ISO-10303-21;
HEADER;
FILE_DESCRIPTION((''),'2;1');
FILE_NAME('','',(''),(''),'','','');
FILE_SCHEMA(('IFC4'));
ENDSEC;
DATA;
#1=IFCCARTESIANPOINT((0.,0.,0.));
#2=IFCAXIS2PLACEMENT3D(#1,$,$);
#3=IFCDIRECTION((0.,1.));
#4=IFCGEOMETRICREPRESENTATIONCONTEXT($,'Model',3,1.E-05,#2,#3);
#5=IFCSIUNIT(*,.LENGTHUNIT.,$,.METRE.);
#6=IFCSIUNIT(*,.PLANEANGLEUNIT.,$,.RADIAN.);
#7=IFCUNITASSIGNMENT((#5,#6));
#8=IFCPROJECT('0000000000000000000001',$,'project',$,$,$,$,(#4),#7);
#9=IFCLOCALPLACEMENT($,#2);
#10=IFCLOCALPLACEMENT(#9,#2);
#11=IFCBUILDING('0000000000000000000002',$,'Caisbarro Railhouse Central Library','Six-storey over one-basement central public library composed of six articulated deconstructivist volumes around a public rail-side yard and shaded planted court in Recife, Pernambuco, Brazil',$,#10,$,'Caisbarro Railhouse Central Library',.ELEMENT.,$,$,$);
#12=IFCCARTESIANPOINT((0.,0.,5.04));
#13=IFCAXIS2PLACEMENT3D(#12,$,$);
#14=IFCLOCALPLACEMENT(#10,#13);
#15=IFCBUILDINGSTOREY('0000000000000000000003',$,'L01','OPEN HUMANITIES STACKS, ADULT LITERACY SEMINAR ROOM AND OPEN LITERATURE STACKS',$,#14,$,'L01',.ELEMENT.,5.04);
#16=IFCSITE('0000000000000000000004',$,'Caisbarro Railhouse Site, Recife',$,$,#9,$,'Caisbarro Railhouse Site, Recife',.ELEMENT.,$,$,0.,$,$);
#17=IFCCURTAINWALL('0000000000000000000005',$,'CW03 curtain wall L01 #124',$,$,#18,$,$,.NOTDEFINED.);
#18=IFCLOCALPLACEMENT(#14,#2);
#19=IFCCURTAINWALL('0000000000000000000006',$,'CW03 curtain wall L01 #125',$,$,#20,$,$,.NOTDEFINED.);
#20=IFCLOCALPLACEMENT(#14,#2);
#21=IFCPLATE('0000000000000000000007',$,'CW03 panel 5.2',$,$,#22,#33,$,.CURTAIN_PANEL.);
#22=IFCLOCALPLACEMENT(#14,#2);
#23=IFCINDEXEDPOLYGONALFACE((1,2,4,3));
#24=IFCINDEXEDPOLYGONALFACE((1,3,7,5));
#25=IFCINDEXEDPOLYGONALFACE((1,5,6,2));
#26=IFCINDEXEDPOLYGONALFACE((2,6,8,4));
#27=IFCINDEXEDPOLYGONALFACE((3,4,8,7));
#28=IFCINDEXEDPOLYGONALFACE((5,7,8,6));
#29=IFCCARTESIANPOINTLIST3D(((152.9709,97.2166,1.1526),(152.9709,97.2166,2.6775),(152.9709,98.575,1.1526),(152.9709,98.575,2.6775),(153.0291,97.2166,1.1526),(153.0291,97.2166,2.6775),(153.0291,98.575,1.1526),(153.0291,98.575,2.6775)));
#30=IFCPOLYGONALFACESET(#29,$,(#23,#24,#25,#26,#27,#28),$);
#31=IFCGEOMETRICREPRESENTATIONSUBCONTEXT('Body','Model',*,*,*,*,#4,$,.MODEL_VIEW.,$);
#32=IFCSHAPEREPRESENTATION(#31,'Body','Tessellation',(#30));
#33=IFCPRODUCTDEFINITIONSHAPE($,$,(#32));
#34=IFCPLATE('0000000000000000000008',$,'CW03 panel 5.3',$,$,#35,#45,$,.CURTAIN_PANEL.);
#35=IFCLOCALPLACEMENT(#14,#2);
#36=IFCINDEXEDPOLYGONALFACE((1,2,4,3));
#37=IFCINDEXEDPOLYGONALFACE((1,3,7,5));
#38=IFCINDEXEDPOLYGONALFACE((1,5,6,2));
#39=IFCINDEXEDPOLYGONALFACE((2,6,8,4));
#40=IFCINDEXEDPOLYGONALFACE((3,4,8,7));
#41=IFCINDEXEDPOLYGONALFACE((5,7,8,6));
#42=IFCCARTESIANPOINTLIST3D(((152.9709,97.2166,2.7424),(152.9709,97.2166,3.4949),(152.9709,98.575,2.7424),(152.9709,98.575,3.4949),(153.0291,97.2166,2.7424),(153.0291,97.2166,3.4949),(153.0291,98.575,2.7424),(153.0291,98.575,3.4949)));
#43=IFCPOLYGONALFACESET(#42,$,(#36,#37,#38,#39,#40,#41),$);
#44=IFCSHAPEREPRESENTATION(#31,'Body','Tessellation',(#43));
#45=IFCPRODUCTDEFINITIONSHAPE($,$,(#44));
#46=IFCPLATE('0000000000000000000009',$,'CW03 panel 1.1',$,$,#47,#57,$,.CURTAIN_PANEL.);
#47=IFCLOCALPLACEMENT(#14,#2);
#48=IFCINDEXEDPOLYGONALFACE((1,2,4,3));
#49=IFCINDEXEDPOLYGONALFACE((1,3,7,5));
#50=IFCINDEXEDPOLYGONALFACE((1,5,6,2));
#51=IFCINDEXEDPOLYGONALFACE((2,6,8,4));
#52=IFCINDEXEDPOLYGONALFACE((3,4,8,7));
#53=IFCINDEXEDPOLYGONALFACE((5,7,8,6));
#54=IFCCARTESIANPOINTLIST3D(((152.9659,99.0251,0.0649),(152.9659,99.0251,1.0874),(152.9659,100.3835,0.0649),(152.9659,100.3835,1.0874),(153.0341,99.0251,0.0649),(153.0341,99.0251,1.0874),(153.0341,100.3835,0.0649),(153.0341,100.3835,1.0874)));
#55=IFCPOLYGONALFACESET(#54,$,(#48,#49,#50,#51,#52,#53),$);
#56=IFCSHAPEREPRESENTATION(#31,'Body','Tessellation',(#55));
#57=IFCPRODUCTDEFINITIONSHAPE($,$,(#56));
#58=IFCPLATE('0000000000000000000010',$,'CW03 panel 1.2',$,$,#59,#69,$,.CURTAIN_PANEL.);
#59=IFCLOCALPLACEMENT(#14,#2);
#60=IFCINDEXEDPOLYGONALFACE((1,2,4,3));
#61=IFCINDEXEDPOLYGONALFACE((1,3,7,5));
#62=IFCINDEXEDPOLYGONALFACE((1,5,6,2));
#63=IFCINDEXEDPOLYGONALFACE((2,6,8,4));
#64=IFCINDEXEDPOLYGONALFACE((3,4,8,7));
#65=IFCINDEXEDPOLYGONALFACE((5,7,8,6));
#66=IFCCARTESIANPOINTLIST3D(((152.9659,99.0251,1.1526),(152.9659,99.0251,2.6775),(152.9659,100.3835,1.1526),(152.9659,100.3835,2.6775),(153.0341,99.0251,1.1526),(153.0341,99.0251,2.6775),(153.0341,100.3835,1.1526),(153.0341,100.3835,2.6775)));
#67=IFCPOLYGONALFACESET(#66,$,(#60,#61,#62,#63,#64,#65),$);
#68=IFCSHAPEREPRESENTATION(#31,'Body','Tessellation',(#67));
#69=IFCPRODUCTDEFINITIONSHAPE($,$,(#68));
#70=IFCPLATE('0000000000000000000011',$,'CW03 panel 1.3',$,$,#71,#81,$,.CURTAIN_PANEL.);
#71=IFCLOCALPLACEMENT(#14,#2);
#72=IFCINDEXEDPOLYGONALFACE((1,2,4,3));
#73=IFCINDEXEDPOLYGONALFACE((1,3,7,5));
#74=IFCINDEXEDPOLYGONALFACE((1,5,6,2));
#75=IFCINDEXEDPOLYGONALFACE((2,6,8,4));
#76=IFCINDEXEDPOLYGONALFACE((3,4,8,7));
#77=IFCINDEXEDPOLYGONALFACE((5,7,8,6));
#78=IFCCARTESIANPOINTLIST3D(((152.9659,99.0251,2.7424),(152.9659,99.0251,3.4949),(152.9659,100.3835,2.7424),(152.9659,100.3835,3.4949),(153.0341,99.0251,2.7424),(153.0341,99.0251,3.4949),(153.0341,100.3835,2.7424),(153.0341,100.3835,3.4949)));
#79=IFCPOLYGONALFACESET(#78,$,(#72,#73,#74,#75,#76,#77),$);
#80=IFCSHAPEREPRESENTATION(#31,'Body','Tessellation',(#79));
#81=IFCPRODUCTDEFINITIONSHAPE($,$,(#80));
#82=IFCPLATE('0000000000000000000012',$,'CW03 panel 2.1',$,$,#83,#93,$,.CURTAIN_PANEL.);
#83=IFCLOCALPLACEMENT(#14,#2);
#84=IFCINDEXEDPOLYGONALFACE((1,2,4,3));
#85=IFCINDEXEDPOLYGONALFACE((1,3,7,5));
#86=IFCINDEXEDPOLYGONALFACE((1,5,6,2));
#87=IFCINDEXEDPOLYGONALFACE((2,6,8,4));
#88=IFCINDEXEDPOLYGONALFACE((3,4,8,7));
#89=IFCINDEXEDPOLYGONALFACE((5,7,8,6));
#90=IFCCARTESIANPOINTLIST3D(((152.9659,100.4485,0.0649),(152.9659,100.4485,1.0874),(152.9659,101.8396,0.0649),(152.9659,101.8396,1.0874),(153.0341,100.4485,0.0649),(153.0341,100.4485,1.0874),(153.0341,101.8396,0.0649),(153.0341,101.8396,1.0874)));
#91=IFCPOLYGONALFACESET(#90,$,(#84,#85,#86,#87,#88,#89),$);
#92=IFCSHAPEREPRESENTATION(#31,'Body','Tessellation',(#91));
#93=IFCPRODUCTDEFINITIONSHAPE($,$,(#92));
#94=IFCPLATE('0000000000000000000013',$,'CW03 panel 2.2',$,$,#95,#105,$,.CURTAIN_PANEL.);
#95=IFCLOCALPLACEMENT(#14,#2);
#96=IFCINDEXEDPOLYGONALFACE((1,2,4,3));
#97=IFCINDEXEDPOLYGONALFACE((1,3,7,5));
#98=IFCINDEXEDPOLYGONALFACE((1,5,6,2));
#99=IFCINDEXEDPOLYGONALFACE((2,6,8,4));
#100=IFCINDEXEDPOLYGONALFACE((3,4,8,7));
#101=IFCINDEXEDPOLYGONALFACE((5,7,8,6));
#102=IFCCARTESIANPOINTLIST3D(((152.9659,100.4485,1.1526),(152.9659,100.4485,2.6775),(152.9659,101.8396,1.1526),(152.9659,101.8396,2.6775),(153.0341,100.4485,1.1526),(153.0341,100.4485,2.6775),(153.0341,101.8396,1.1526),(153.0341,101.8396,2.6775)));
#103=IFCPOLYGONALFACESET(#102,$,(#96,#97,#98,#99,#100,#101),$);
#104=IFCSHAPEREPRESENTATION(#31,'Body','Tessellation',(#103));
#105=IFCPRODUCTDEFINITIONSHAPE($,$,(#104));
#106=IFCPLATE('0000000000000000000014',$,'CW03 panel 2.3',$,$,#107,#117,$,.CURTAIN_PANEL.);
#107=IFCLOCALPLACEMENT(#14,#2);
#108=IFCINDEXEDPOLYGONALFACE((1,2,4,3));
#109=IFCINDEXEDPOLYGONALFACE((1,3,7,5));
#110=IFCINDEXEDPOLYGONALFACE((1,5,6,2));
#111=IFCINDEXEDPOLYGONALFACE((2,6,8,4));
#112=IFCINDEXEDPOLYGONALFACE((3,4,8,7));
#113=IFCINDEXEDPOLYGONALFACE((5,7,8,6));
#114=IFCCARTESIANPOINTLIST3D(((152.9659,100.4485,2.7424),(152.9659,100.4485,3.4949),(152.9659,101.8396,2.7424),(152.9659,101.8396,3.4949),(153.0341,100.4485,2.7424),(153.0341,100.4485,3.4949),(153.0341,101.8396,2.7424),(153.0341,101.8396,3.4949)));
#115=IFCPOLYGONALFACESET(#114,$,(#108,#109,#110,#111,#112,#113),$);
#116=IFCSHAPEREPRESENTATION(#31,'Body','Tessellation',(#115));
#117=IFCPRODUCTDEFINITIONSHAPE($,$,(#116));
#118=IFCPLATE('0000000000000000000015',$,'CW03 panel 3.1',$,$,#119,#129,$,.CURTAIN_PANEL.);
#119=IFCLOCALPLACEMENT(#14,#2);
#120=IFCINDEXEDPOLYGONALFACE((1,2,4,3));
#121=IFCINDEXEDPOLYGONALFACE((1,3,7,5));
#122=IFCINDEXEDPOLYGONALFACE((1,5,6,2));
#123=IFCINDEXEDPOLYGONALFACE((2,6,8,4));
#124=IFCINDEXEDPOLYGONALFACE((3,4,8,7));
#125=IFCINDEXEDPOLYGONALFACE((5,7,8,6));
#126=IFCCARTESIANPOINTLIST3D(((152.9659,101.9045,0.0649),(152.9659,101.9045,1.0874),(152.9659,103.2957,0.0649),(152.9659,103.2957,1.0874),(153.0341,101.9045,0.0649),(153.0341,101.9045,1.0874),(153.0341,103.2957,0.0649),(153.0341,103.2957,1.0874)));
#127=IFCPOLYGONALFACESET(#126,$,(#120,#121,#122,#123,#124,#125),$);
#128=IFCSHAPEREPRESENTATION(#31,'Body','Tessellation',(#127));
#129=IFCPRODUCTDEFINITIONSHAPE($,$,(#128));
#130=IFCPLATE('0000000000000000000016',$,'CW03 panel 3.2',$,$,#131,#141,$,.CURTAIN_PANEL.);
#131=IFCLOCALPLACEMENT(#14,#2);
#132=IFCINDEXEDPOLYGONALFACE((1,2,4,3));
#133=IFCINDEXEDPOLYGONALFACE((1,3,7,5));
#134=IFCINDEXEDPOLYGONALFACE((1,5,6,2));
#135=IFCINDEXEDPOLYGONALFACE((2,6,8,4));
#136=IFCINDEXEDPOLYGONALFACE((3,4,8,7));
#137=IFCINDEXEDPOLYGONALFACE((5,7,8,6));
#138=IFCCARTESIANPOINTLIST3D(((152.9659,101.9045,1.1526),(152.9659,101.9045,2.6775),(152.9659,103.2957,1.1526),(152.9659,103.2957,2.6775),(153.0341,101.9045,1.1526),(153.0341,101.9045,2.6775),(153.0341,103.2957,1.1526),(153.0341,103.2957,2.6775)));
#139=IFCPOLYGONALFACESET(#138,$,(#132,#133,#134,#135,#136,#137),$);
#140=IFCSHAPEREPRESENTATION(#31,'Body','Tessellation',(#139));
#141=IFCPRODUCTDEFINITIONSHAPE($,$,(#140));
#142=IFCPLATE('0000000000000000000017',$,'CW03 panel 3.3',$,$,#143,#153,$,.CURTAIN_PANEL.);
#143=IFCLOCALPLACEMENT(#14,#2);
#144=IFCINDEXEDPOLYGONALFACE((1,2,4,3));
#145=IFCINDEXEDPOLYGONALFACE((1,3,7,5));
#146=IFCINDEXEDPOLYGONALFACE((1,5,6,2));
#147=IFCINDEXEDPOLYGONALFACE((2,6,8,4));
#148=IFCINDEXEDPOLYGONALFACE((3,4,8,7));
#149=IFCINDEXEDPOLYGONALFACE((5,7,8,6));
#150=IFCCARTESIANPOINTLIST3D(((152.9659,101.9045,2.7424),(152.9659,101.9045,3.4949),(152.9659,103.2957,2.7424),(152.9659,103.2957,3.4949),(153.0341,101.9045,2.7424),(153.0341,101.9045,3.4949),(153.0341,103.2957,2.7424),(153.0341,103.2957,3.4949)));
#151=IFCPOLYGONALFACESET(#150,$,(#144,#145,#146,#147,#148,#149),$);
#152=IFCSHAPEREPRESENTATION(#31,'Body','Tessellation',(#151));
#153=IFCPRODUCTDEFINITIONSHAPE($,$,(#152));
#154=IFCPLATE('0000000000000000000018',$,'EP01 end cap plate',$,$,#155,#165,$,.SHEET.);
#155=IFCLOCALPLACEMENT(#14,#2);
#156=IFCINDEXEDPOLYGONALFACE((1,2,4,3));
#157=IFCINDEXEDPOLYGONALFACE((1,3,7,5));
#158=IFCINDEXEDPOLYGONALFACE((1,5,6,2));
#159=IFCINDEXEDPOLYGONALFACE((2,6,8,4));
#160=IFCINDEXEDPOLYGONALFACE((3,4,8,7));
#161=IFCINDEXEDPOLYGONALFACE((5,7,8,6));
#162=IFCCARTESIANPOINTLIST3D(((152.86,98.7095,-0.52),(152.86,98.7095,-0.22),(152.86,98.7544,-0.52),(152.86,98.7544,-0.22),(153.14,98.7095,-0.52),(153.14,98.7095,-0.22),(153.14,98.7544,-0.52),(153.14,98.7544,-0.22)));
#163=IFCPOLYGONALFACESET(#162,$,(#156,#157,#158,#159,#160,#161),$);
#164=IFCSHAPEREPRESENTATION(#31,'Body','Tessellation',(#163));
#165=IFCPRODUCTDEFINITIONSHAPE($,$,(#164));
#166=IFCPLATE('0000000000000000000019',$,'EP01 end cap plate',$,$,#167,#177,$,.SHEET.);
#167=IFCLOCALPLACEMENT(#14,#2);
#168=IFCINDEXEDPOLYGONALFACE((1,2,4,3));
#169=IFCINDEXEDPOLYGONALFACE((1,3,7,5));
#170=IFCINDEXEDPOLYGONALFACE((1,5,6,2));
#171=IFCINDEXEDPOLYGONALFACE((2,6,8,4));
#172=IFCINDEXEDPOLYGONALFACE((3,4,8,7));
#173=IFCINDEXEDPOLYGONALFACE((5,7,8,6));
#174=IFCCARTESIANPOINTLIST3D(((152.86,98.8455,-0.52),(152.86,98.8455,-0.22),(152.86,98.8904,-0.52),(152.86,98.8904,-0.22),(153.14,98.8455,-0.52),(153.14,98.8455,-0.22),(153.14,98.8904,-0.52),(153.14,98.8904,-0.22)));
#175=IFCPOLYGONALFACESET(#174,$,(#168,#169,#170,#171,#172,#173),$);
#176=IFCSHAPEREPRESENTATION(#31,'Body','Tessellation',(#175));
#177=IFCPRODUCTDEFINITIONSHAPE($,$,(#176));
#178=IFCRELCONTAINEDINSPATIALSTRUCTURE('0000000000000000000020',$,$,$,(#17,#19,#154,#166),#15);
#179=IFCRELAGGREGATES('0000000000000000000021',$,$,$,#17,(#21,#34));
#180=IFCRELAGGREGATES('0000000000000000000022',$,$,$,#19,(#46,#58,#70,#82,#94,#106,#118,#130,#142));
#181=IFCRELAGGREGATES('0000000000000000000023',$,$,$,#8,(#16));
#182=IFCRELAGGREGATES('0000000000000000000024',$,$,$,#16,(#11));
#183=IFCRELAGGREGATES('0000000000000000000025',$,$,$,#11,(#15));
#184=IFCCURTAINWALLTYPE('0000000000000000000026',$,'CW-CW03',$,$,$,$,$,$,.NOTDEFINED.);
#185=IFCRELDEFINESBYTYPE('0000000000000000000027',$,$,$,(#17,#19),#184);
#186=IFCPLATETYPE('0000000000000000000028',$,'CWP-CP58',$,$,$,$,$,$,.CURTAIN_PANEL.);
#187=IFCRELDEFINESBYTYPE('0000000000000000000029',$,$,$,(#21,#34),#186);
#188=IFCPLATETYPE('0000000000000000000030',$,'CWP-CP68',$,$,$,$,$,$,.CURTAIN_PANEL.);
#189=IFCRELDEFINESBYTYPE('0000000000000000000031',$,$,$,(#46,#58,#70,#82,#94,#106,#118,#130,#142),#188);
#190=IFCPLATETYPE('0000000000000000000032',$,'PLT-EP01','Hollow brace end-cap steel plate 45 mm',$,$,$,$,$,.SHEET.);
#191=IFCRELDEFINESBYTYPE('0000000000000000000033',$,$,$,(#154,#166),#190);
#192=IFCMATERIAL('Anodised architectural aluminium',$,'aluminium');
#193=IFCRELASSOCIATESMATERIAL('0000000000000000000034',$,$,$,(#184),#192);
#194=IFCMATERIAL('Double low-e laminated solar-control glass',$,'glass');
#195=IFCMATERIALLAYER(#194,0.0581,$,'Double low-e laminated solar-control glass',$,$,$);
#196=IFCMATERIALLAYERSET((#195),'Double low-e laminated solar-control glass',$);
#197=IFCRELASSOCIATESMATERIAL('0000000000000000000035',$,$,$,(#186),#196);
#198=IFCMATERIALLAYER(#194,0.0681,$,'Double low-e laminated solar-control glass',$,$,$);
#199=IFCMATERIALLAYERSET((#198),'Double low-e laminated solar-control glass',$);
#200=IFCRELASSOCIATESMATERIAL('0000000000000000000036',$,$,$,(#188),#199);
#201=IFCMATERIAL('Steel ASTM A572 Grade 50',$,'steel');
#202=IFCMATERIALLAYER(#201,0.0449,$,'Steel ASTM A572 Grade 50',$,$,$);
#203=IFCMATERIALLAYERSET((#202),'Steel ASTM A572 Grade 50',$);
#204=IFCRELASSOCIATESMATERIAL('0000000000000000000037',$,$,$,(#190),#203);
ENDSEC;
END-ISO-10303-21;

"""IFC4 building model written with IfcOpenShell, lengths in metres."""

from ifc_helpers import new_model, si_unit, direction, frame, origin, origin_2d, place, context, subcontext, project, spatial, rectangle, extrude, material, layer, layer_set, type_object, element, aggregate, save


model = new_model("IFC4")

# Units and contexts
model_context = context("Model", 3, precision=1e-05, world=origin(), true_north=direction((0.0, 1.0)))
body_context = subcontext(model_context, "Body", "Model", "MODEL_VIEW")
ifc_project = project(units=[si_unit("LENGTHUNIT", "METRE"), si_unit("PLANEANGLEUNIT", "RADIAN")], contexts=[model_context])

# Site, building, storey
site_placement = place(None, origin())
site = spatial("IfcSite", under=ifc_project, at=site_placement, Name="Caisbarro Railhouse Site, Recife", LongName="Caisbarro Railhouse Site, Recife", CompositionType="ELEMENT", RefElevation=0.0)
building_placement = place(site_placement, origin())
building = spatial("IfcBuilding", under=site, at=building_placement, Name="Caisbarro Railhouse Central Library", Description="Six-storey over one-basement central public library composed of six articulated deconstructivist volumes around a public rail-side yard and shaded planted court in Recife, Pernambuco, Brazil", LongName="Caisbarro Railhouse Central Library", CompositionType="ELEMENT")
storey_placement = place(building_placement, frame((0.0, 0.0, 5.04)))
storey = spatial("IfcBuildingStorey", under=building, at=storey_placement, Name="L01", Description="OPEN HUMANITIES STACKS, ADULT LITERACY SEMINAR ROOM AND OPEN LITERATURE STACKS", LongName="L01", CompositionType="ELEMENT", Elevation=5.04)

# Shared definitions
ifc_material_1 = material(Name="Steel ASTM A572 Grade 50", Category="steel")

# Curtain wall
ifc_material_2 = material(Name="Anodised architectural aluminium", Category="aluminium")
curtain_wall_type = type_object("IfcCurtainWallType", Name="CW-CW03", PredefinedType="NOTDEFINED", material=ifc_material_2)
curtain_wall_1_placement = place(storey_placement, origin())
curtain_wall_1 = element("IfcCurtainWall", 1, at=curtain_wall_1_placement, inside=storey, type_object=curtain_wall_type, Name="CW03 curtain wall L01 #124", PredefinedType="NOTDEFINED")

# Curtain wall
curtain_wall_2_placement = place(storey_placement, origin())
curtain_wall_2 = element("IfcCurtainWall", 2, at=curtain_wall_2_placement, inside=storey, type_object=curtain_wall_type, Name="CW03 curtain wall L01 #125", PredefinedType="NOTDEFINED")

# Plates
ifc_material_3 = material(Name="Double low-e laminated solar-control glass", Category="glass")
ifc_layer_1 = layer(ifc_material_3, 0.0581, Name="Double low-e laminated solar-control glass")
ifc_layer_set_1 = layer_set([ifc_layer_1], Name="Double low-e laminated solar-control glass")
plate_type_1 = type_object("IfcPlateType", Name="CWP-CP58", PredefinedType="CURTAIN_PANEL", material=ifc_layer_set_1)
plate_1_placement = place(storey_placement, frame((153.0, 97.8958, 1.1526), z_axis=(0.0, 0.0, 1.0), x_axis=(0.0, 1.0, 0.0)))
plate_1 = element("IfcPlate", 3, at=plate_1_placement, type_object=plate_type_1, Name="CW03 panel 5.2", PredefinedType="CURTAIN_PANEL", context=body_context, shape_type="SweptSolid", body=[
    extrude(rectangle(XDim=1.3584, YDim=0.0581, at=origin_2d()), origin(), (0.0, 0.0, 1.0), 1.5249),
])
plate_2_placement = place(storey_placement, frame((153.0, 97.8958, 2.7424), z_axis=(0.0, 0.0, 1.0), x_axis=(0.0, 1.0, 0.0)))
plate_2 = element("IfcPlate", 4, at=plate_2_placement, type_object=plate_type_1, Name="CW03 panel 5.3", PredefinedType="CURTAIN_PANEL", context=body_context, shape_type="SweptSolid", body=[
    extrude(rectangle(XDim=1.3584, YDim=0.0581, at=origin_2d()), origin(), (0.0, 0.0, 1.0), 0.7524),
])
aggregate(curtain_wall_1, [plate_1, plate_2])
ifc_layer_2 = layer(ifc_material_3, 0.0681, Name="Double low-e laminated solar-control glass")
ifc_layer_set_2 = layer_set([ifc_layer_2], Name="Double low-e laminated solar-control glass")
plate_type_2 = type_object("IfcPlateType", Name="CWP-CP68", PredefinedType="CURTAIN_PANEL", material=ifc_layer_set_2)
plate_3_placement = place(storey_placement, frame((153.0, 99.7043, 0.0649), z_axis=(0.0, 0.0, 1.0), x_axis=(0.0, 1.0, 0.0)))
plate_3 = element("IfcPlate", 5, at=plate_3_placement, type_object=plate_type_2, Name="CW03 panel 1.1", PredefinedType="CURTAIN_PANEL", context=body_context, shape_type="SweptSolid", body=[
    extrude(rectangle(XDim=1.3584, YDim=0.0681, at=origin_2d()), origin(), (0.0, 0.0, 1.0), 1.0225),
])
plate_4_placement = place(storey_placement, frame((153.0, 99.7043, 1.1526), z_axis=(0.0, 0.0, 1.0), x_axis=(0.0, 1.0, 0.0)))
plate_4 = element("IfcPlate", 6, at=plate_4_placement, type_object=plate_type_2, Name="CW03 panel 1.2", PredefinedType="CURTAIN_PANEL", context=body_context, shape_type="SweptSolid", body=[
    extrude(rectangle(XDim=1.3584, YDim=0.0681, at=origin_2d()), origin(), (0.0, 0.0, 1.0), 1.5249),
])
plate_5_placement = place(storey_placement, frame((153.0, 99.7043, 2.7424), z_axis=(0.0, 0.0, 1.0), x_axis=(0.0, 1.0, 0.0)))
plate_5 = element("IfcPlate", 7, at=plate_5_placement, type_object=plate_type_2, Name="CW03 panel 1.3", PredefinedType="CURTAIN_PANEL", context=body_context, shape_type="SweptSolid", body=[
    extrude(rectangle(XDim=1.3584, YDim=0.0681, at=origin_2d()), origin(), (0.0, 0.0, 1.0), 0.7524),
])
plate_6_placement = place(storey_placement, frame((153.0, 101.144, 0.0649), z_axis=(0.0, 0.0, 1.0), x_axis=(0.0, 1.0, 0.0)))
plate_6 = element("IfcPlate", 8, at=plate_6_placement, type_object=plate_type_2, Name="CW03 panel 2.1", PredefinedType="CURTAIN_PANEL", context=body_context, shape_type="SweptSolid", body=[
    extrude(rectangle(XDim=1.3911, YDim=0.0681, at=origin_2d()), origin(), (0.0, 0.0, 1.0), 1.0225),
])
plate_7_placement = place(storey_placement, frame((153.0, 101.144, 1.1526), z_axis=(0.0, 0.0, 1.0), x_axis=(0.0, 1.0, 0.0)))
plate_7 = element("IfcPlate", 9, at=plate_7_placement, type_object=plate_type_2, Name="CW03 panel 2.2", PredefinedType="CURTAIN_PANEL", context=body_context, shape_type="SweptSolid", body=[
    extrude(rectangle(XDim=1.3911, YDim=0.0681, at=origin_2d()), origin(), (0.0, 0.0, 1.0), 1.5249),
])
plate_8_placement = place(storey_placement, frame((153.0, 101.144, 2.7424), z_axis=(0.0, 0.0, 1.0), x_axis=(0.0, 1.0, 0.0)))
plate_8 = element("IfcPlate", 10, at=plate_8_placement, type_object=plate_type_2, Name="CW03 panel 2.3", PredefinedType="CURTAIN_PANEL", context=body_context, shape_type="SweptSolid", body=[
    extrude(rectangle(XDim=1.3911, YDim=0.0681, at=origin_2d()), origin(), (0.0, 0.0, 1.0), 0.7524),
])
plate_9_placement = place(storey_placement, frame((153.0, 102.6001, 0.0649), z_axis=(0.0, 0.0, 1.0), x_axis=(0.0, 1.0, 0.0)))
plate_9 = element("IfcPlate", 11, at=plate_9_placement, type_object=plate_type_2, Name="CW03 panel 3.1", PredefinedType="CURTAIN_PANEL", context=body_context, shape_type="SweptSolid", body=[
    extrude(rectangle(XDim=1.3911, YDim=0.0681, at=origin_2d()), origin(), (0.0, 0.0, 1.0), 1.0225),
])
plate_10_placement = place(storey_placement, frame((153.0, 102.6001, 1.1526), z_axis=(0.0, 0.0, 1.0), x_axis=(0.0, 1.0, 0.0)))
plate_10 = element("IfcPlate", 12, at=plate_10_placement, type_object=plate_type_2, Name="CW03 panel 3.2", PredefinedType="CURTAIN_PANEL", context=body_context, shape_type="SweptSolid", body=[
    extrude(rectangle(XDim=1.3911, YDim=0.0681, at=origin_2d()), origin(), (0.0, 0.0, 1.0), 1.5249),
])
plate_11_placement = place(storey_placement, frame((153.0, 102.6001, 2.7424), z_axis=(0.0, 0.0, 1.0), x_axis=(0.0, 1.0, 0.0)))
plate_11 = element("IfcPlate", 13, at=plate_11_placement, type_object=plate_type_2, Name="CW03 panel 3.3", PredefinedType="CURTAIN_PANEL", context=body_context, shape_type="SweptSolid", body=[
    extrude(rectangle(XDim=1.3911, YDim=0.0681, at=origin_2d()), origin(), (0.0, 0.0, 1.0), 0.7524),
])
aggregate(curtain_wall_2, [plate_3, plate_4, plate_5, plate_6, plate_7, plate_8, plate_9, plate_10, plate_11])

# Plates
ifc_layer_3 = layer(ifc_material_1, 0.0449, Name="Steel ASTM A572 Grade 50")
ifc_layer_set_3 = layer_set([ifc_layer_3], Name="Steel ASTM A572 Grade 50")
plate_type_3 = type_object("IfcPlateType", Name="PLT-EP01", Description="Hollow brace end-cap steel plate 45 mm", PredefinedType="SHEET", material=ifc_layer_set_3)
for number, where, z_axis, x_axis, name in (
    (14, (153.0, 98.7319, -0.52), (0.0, 0.0, 1.0), (0.0, 1.0, 0.0), "EP01 end cap plate"),
    (15, (153.0, 98.8679, -0.52), (0.0, 0.0, 1.0), (0.0, 1.0, 0.0), "EP01 end cap plate"),
):
    element("IfcPlate", number, at=place(storey_placement, frame(where, z_axis=z_axis, x_axis=x_axis)), inside=storey, type_object=plate_type_3, Name=name, PredefinedType="SHEET", context=body_context, shape_type="SweptSolid", body=[
        extrude(rectangle(XDim=0.0449, YDim=0.28, at=origin_2d()), origin(), (0.0, 0.0, 1.0), 0.3),
    ])

save(model, "model.ifc")
